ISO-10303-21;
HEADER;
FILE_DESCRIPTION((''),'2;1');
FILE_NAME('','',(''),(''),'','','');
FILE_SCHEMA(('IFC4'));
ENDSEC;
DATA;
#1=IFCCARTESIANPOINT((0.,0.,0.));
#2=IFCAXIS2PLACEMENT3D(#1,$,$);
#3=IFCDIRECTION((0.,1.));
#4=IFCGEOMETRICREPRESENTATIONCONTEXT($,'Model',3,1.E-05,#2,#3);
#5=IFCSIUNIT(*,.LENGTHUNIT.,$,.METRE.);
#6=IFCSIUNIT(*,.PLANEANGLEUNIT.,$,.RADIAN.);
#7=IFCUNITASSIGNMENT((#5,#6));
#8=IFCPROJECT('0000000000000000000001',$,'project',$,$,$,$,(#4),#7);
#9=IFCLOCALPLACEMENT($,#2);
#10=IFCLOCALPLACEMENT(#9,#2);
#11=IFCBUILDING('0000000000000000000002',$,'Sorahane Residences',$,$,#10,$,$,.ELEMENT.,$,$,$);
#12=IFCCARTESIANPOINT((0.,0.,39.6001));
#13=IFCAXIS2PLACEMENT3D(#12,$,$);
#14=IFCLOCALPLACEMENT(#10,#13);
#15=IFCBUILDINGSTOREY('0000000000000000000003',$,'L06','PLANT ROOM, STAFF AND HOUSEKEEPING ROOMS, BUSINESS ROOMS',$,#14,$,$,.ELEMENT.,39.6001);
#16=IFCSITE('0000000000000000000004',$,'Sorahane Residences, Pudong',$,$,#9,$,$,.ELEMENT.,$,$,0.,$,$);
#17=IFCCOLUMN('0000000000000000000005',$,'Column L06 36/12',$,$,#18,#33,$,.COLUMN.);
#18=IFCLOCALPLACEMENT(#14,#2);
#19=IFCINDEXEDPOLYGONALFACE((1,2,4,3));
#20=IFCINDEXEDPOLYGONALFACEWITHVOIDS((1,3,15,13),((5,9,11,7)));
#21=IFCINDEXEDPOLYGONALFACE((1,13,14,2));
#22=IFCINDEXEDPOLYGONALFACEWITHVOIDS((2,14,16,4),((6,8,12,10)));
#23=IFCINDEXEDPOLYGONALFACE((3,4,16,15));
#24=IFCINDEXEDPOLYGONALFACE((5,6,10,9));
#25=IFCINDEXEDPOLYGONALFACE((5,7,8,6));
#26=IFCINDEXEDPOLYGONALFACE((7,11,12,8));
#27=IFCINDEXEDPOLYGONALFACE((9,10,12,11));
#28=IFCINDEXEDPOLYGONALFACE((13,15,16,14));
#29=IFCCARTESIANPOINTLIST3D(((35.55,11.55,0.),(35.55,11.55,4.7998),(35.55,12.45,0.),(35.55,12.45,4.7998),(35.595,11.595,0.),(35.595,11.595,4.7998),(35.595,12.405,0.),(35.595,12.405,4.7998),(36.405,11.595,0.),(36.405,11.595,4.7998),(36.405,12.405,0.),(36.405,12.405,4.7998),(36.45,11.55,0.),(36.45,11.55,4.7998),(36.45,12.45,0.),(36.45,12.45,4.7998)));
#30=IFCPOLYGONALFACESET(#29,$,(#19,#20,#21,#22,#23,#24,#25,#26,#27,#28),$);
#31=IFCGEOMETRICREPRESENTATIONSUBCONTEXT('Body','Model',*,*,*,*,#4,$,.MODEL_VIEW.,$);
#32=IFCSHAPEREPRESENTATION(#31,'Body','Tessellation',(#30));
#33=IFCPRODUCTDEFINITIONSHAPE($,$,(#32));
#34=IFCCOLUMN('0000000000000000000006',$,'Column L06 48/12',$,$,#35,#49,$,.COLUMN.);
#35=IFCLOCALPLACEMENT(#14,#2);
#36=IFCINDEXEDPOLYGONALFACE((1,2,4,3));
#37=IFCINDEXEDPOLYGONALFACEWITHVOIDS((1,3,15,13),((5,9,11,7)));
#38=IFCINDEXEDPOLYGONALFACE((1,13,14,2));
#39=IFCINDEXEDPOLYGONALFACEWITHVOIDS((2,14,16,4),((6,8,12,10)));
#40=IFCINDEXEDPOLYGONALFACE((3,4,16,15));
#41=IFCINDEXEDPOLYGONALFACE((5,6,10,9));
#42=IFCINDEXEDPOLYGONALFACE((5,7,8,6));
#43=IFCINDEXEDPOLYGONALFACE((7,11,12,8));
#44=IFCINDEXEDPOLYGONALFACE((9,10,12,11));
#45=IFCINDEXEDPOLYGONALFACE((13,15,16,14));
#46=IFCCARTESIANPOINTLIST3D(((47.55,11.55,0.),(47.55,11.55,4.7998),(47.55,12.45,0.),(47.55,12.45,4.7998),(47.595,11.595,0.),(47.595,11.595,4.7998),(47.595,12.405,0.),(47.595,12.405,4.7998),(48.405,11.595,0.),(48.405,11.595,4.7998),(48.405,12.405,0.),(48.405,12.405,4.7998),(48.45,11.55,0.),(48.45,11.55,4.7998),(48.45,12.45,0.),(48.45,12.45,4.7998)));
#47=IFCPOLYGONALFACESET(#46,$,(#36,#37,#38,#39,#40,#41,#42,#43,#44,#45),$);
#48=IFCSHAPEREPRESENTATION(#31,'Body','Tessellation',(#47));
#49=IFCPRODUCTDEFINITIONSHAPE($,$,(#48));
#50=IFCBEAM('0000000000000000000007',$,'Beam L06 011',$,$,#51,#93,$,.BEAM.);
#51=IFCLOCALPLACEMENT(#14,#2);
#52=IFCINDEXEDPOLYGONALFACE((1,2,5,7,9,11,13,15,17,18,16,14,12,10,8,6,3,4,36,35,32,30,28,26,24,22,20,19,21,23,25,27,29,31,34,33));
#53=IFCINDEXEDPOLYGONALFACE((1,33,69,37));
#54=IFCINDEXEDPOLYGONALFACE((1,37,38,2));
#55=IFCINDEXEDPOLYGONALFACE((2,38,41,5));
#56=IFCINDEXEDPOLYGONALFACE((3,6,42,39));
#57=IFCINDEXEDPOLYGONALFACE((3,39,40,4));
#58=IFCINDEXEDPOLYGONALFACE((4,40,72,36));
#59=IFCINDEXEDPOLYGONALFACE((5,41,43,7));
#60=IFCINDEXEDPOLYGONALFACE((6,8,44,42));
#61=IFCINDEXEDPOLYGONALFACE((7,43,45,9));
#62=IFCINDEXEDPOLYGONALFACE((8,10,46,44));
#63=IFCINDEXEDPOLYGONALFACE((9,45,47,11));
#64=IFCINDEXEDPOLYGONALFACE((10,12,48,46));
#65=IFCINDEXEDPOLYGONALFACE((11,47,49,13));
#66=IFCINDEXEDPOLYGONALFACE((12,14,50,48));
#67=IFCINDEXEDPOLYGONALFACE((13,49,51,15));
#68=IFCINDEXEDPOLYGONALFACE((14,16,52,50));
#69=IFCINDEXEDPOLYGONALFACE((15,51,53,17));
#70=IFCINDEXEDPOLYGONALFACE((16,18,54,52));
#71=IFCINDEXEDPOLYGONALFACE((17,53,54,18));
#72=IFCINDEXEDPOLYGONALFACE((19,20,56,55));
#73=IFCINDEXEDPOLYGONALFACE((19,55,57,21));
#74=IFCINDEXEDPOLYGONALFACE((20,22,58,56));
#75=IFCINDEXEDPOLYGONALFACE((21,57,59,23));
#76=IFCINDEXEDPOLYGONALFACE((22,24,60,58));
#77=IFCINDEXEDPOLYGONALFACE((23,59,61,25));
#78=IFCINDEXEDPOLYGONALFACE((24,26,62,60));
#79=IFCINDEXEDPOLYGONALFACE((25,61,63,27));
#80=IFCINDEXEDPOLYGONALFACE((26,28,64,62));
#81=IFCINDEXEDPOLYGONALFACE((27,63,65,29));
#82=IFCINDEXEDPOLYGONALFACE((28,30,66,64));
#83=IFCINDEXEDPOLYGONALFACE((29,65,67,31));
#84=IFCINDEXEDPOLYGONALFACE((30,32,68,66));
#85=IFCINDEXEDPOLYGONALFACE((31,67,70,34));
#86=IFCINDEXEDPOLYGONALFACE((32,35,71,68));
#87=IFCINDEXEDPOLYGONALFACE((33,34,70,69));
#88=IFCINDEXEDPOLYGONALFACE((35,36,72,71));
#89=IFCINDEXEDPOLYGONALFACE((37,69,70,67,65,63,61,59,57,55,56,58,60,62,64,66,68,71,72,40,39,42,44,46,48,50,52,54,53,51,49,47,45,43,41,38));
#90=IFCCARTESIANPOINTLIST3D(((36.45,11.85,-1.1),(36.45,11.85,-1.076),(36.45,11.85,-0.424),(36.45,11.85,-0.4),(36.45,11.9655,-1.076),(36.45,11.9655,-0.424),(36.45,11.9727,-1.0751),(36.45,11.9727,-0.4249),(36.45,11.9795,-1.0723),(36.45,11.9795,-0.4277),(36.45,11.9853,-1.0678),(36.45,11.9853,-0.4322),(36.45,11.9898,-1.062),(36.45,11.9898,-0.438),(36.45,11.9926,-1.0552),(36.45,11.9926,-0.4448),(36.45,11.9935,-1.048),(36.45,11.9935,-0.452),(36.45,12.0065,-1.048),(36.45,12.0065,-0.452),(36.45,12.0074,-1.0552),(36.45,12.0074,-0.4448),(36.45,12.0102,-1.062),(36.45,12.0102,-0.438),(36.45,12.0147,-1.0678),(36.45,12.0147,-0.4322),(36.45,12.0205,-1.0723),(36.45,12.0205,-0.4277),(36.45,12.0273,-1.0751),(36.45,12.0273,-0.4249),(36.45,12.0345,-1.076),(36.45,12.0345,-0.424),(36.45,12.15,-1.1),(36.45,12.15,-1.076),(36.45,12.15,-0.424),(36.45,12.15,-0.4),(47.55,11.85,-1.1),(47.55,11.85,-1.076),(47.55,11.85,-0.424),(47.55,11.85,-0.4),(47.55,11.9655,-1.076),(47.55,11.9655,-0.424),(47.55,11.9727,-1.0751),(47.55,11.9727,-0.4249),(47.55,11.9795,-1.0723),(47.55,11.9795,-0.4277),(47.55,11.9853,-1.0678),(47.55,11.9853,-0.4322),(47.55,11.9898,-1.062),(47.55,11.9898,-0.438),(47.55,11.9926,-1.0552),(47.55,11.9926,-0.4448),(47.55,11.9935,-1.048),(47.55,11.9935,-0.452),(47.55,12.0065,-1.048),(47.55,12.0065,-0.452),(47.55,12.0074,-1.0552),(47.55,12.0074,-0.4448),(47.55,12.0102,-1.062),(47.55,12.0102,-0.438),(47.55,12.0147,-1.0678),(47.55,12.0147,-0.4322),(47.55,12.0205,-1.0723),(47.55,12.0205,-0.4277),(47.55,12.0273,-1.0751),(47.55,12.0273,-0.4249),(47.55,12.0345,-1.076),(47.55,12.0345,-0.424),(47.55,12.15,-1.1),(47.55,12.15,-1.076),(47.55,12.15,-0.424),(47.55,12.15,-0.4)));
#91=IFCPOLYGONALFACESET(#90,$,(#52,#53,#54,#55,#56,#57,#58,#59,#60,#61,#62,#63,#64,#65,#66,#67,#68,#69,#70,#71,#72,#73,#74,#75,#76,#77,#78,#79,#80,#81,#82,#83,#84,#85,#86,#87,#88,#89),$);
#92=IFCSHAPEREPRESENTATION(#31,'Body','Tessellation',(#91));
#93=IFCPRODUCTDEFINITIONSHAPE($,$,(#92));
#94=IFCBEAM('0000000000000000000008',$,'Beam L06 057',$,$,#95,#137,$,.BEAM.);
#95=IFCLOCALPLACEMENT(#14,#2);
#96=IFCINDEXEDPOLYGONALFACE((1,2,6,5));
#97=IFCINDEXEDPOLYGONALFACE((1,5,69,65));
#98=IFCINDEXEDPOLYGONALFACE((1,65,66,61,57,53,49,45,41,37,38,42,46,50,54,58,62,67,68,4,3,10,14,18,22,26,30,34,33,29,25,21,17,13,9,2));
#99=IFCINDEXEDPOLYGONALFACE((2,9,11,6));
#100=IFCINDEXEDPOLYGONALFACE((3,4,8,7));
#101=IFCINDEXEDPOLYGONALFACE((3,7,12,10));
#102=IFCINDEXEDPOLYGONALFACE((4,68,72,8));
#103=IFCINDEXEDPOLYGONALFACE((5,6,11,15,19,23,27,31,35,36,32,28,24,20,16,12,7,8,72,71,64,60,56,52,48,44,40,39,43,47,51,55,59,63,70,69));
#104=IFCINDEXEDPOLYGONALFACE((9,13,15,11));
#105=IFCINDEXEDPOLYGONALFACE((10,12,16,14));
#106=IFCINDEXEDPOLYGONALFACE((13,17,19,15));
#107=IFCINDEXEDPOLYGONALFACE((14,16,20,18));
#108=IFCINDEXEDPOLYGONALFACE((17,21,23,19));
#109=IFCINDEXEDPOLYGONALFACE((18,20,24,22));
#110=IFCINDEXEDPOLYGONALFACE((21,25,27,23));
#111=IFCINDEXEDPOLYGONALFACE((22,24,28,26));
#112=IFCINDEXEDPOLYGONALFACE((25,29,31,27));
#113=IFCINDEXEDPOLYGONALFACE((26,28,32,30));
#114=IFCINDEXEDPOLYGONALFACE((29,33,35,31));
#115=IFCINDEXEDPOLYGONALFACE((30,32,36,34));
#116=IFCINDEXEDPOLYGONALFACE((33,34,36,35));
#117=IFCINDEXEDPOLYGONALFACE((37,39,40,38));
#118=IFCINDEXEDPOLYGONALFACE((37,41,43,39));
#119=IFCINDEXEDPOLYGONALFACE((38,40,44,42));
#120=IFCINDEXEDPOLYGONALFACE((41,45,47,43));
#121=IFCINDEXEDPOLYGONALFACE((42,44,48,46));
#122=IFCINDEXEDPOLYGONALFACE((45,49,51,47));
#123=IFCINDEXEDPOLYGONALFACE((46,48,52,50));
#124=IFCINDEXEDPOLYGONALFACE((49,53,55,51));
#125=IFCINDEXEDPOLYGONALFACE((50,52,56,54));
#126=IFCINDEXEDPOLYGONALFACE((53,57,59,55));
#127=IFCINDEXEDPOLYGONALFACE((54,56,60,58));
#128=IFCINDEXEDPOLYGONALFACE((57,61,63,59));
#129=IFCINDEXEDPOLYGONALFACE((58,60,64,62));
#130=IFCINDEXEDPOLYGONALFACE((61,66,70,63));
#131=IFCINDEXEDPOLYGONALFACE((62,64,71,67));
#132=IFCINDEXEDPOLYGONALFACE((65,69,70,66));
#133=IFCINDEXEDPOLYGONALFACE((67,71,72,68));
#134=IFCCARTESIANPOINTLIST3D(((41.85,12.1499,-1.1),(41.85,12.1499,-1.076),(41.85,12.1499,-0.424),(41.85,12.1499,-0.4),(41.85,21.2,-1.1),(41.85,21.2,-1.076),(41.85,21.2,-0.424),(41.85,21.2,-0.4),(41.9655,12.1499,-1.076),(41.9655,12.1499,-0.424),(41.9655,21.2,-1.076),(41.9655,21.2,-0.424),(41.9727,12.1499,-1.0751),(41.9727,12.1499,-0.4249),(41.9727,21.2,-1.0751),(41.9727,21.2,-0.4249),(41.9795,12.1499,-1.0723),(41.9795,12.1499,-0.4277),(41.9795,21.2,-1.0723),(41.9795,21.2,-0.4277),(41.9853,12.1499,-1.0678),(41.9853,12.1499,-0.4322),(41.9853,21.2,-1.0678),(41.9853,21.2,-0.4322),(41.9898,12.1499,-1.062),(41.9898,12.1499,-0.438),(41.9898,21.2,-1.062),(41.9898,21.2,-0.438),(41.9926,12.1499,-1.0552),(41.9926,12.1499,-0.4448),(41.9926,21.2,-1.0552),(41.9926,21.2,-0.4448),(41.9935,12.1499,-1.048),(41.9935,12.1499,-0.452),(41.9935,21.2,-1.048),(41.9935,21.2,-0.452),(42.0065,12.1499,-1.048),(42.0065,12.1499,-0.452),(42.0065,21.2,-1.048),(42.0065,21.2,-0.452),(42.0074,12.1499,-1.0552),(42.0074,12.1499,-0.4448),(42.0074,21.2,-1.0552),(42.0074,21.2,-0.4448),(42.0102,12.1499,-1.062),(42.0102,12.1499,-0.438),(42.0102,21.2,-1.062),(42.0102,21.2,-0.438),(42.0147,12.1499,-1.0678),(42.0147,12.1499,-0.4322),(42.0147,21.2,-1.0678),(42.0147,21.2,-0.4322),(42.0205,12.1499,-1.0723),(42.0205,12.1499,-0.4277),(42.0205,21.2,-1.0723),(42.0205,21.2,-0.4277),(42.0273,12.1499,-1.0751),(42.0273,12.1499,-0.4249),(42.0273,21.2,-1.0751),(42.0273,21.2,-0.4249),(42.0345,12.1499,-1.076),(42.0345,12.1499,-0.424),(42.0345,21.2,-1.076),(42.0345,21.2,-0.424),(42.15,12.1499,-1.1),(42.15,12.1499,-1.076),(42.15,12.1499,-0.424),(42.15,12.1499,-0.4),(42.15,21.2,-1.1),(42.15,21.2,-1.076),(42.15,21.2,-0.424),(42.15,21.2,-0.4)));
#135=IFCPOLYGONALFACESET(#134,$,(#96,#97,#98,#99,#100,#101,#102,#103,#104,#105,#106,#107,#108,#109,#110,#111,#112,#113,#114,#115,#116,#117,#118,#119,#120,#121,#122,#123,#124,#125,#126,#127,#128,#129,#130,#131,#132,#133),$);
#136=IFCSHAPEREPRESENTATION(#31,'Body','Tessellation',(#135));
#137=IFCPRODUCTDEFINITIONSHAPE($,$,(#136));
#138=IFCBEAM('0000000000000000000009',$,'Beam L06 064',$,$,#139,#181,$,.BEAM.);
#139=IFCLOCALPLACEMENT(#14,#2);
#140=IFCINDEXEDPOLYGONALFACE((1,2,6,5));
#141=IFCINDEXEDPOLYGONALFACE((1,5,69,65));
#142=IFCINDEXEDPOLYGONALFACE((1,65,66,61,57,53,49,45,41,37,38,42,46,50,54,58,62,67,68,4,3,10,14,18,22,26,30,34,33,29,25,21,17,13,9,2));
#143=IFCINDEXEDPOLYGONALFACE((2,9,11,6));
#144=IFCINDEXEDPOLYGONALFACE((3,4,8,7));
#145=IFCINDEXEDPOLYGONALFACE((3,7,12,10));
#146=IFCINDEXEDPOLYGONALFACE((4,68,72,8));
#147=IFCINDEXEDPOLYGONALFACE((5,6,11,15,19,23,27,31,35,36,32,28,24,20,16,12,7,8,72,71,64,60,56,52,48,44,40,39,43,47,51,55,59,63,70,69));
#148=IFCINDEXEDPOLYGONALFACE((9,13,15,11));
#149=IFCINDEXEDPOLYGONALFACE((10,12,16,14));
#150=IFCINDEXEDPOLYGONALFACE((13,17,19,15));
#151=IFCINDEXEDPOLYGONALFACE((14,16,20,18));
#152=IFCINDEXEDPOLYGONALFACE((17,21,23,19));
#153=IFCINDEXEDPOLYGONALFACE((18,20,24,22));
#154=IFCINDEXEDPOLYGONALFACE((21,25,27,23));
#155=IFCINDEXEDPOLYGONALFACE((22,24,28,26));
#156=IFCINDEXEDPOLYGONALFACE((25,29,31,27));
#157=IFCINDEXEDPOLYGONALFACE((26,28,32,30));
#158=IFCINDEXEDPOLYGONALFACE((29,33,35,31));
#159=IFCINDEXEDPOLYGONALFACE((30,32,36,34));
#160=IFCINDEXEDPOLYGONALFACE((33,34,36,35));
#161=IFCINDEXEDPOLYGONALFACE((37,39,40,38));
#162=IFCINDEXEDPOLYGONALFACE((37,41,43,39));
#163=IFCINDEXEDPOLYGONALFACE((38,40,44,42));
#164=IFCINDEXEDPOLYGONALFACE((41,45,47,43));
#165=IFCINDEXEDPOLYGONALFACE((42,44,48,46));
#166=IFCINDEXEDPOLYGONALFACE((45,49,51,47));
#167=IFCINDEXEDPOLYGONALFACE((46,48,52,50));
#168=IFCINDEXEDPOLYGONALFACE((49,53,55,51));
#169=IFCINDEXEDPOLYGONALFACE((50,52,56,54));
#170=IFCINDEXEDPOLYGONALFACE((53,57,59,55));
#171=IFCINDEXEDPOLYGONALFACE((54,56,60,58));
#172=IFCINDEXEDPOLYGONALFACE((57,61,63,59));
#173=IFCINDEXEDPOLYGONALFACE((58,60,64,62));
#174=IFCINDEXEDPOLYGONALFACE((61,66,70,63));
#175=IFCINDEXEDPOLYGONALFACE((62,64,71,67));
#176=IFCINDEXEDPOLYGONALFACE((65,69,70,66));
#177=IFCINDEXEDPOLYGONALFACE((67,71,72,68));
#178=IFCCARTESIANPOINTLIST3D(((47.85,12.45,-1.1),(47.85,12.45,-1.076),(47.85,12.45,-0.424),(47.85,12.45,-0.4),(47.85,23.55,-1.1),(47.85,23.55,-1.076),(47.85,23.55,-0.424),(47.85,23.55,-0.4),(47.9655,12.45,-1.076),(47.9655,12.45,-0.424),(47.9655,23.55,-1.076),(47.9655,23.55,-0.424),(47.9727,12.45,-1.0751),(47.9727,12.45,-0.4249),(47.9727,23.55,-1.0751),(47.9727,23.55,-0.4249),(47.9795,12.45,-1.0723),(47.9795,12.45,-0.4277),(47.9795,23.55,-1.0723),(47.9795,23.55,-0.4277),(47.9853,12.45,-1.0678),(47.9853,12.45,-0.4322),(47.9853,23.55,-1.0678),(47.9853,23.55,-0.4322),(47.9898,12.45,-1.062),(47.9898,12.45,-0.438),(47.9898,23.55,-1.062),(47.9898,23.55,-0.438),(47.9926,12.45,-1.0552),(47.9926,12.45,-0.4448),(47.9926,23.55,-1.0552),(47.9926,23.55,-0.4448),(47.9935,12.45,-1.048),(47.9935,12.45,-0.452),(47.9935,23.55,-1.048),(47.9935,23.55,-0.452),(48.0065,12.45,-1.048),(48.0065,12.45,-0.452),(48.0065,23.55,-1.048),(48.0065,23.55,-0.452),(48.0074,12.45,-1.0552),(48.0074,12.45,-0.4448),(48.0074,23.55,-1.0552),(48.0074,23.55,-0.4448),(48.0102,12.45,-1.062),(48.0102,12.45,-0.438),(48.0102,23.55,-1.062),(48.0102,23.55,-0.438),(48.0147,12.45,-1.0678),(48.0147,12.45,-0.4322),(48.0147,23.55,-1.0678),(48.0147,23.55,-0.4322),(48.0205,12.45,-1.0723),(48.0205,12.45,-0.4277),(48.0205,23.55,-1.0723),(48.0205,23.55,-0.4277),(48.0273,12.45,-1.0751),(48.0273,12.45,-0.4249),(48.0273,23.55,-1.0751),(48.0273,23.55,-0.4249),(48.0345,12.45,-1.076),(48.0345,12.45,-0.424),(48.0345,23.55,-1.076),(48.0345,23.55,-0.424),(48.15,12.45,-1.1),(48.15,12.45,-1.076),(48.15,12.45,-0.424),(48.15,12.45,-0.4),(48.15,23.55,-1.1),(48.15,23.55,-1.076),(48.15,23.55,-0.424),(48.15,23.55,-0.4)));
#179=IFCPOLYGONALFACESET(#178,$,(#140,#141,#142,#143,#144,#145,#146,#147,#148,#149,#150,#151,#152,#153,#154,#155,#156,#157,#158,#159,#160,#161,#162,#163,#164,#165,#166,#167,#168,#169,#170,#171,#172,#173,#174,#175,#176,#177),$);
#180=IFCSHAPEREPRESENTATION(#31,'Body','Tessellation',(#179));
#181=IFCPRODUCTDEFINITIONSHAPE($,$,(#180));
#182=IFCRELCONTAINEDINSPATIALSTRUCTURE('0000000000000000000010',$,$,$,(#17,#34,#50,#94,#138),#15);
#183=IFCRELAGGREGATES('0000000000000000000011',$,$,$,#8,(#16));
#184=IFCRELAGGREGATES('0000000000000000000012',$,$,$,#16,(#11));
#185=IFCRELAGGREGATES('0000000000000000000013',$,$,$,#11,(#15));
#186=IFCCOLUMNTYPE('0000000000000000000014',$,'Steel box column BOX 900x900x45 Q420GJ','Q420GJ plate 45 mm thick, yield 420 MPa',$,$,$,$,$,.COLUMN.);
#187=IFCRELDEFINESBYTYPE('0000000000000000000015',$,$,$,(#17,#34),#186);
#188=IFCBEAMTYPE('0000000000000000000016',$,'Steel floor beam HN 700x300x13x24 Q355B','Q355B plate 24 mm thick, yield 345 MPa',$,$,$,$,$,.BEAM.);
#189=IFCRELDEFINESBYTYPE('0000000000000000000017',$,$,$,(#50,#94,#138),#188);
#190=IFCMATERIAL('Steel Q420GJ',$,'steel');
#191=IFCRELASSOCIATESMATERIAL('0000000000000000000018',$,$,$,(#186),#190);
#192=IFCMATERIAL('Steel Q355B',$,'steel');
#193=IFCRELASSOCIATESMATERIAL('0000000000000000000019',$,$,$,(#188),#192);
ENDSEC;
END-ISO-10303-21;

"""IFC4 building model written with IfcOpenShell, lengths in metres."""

from ifc_helpers import new_model, si_unit, direction, frame, origin, origin_2d, place, context, subcontext, project, spatial, hollow_rectangle, i_section, extrude, material, material_profile, profile_set, type_object, element, save


model = new_model("IFC4")

# Units and contexts
model_context = context("Model", 3, precision=1e-05, world=origin(), true_north=direction((0.0, 1.0)))
body_context = subcontext(model_context, "Body", "Model", "MODEL_VIEW")
ifc_project = project(units=[si_unit("LENGTHUNIT", "METRE"), si_unit("PLANEANGLEUNIT", "RADIAN")], contexts=[model_context])

# Site, building, storey
site_placement = place(None, origin())
site = spatial("IfcSite", under=ifc_project, at=site_placement, Name="Sorahane Residences, Pudong", CompositionType="ELEMENT", RefElevation=0.0)
building_placement = place(site_placement, origin())
building = spatial("IfcBuilding", under=site, at=building_placement, Name="Sorahane Residences", CompositionType="ELEMENT")
storey_placement = place(building_placement, frame((0.0, 0.0, 39.6001)))
storey = spatial("IfcBuildingStorey", under=building, at=storey_placement, Name="L06", Description="PLANT ROOM, STAFF AND HOUSEKEEPING ROOMS, BUSINESS ROOMS", CompositionType="ELEMENT", Elevation=39.6001)

# Columns
ifc_material_1 = material(Name="Steel Q420GJ", Category="steel")
ifc_material_profile_1 = material_profile(ifc_material_1, hollow_rectangle(XDim=0.8999, YDim=0.8999, WallThickness=0.0449, at=origin_2d()), Name="BOX 900x900x45")
ifc_profile_set_1 = profile_set([ifc_material_profile_1], Name="Steel Q420GJ")
column_type = type_object("IfcColumnType", Name="Steel box column BOX 900x900x45 Q420GJ", Description="Q420GJ plate 45 mm thick, yield 420 MPa", PredefinedType="COLUMN", material=ifc_profile_set_1)
for number, where, z_axis, x_axis, name in (
    (1, (36.0, 12.0, 0.0), (0.0, 0.0, 1.0), (1.0, 0.0, 0.0), "Column L06 36/12"),
    (2, (48.0, 12.0, 0.0), (0.0, 0.0, 1.0), (1.0, 0.0, 0.0), "Column L06 48/12"),
):
    element("IfcColumn", number, at=place(storey_placement, frame(where, z_axis=z_axis, x_axis=x_axis)), inside=storey, type_object=column_type, Name=name, PredefinedType="COLUMN", context=body_context, shape_type="SweptSolid", body=[
        extrude(hollow_rectangle(XDim=0.8999, YDim=0.8999, WallThickness=0.0449, at=origin_2d()), origin(), (0.0, 0.0, 1.0), 4.7998),
    ])

# Beams
ifc_material_2 = material(Name="Steel Q355B", Category="steel")
ifc_material_profile_2 = material_profile(ifc_material_2, i_section(OverallWidth=0.3, OverallDepth=0.7, WebThickness=0.0129, FlangeThickness=0.0239, FilletRadius=0.0281, at=origin_2d()), Name="HN 700x300x13x24")
ifc_profile_set_2 = profile_set([ifc_material_profile_2], Name="Steel Q355B")
beam_type_1 = type_object("IfcBeamType", Name="Steel floor beam HN 700x300x13x24 Q355B", Description="Q355B plate 24 mm thick, yield 345 MPa", PredefinedType="BEAM", material=ifc_profile_set_2)
beam_1_placement = place(storey_placement, frame((36.45, 12.0, -0.75), z_axis=(1.0, 0.0, 0.0), x_axis=(0.0, 1.0, 0.0)))
element("IfcBeam", 3, at=beam_1_placement, inside=storey, type_object=beam_type_1, Name="Beam L06 011", PredefinedType="BEAM", context=body_context, shape_type="SweptSolid", body=[
    extrude(i_section(OverallWidth=0.3, OverallDepth=0.7, WebThickness=0.0129, FlangeThickness=0.0239, FilletRadius=0.0281, at=origin_2d()), origin(), (0.0, 0.0, 1.0), 11.1001),
])
beam_2_placement = place(storey_placement, frame((42.0, 12.1499, -0.75), z_axis=(0.0, 1.0, 0.0), x_axis=(-1.0, 0.0, 0.0)))
element("IfcBeam", 4, at=beam_2_placement, inside=storey, type_object=beam_type_1, Name="Beam L06 057", PredefinedType="BEAM", context=body_context, shape_type="SweptSolid", body=[
    extrude(i_section(OverallWidth=0.3, OverallDepth=0.7, WebThickness=0.0129, FlangeThickness=0.0239, FilletRadius=0.0281, at=origin_2d()), origin(), (0.0, 0.0, 1.0), 9.05),
])
beam_3_placement = place(storey_placement, frame((48.0, 12.45, -0.75), z_axis=(0.0, 1.0, 0.0), x_axis=(-1.0, 0.0, 0.0)))
element("IfcBeam", 5, at=beam_3_placement, inside=storey, type_object=beam_type_1, Name="Beam L06 064", PredefinedType="BEAM", context=body_context, shape_type="SweptSolid", body=[
    extrude(i_section(OverallWidth=0.3, OverallDepth=0.7, WebThickness=0.0129, FlangeThickness=0.0239, FilletRadius=0.0281, at=origin_2d()), origin(), (0.0, 0.0, 1.0), 11.1001),
])

save(model, "model.ifc")
